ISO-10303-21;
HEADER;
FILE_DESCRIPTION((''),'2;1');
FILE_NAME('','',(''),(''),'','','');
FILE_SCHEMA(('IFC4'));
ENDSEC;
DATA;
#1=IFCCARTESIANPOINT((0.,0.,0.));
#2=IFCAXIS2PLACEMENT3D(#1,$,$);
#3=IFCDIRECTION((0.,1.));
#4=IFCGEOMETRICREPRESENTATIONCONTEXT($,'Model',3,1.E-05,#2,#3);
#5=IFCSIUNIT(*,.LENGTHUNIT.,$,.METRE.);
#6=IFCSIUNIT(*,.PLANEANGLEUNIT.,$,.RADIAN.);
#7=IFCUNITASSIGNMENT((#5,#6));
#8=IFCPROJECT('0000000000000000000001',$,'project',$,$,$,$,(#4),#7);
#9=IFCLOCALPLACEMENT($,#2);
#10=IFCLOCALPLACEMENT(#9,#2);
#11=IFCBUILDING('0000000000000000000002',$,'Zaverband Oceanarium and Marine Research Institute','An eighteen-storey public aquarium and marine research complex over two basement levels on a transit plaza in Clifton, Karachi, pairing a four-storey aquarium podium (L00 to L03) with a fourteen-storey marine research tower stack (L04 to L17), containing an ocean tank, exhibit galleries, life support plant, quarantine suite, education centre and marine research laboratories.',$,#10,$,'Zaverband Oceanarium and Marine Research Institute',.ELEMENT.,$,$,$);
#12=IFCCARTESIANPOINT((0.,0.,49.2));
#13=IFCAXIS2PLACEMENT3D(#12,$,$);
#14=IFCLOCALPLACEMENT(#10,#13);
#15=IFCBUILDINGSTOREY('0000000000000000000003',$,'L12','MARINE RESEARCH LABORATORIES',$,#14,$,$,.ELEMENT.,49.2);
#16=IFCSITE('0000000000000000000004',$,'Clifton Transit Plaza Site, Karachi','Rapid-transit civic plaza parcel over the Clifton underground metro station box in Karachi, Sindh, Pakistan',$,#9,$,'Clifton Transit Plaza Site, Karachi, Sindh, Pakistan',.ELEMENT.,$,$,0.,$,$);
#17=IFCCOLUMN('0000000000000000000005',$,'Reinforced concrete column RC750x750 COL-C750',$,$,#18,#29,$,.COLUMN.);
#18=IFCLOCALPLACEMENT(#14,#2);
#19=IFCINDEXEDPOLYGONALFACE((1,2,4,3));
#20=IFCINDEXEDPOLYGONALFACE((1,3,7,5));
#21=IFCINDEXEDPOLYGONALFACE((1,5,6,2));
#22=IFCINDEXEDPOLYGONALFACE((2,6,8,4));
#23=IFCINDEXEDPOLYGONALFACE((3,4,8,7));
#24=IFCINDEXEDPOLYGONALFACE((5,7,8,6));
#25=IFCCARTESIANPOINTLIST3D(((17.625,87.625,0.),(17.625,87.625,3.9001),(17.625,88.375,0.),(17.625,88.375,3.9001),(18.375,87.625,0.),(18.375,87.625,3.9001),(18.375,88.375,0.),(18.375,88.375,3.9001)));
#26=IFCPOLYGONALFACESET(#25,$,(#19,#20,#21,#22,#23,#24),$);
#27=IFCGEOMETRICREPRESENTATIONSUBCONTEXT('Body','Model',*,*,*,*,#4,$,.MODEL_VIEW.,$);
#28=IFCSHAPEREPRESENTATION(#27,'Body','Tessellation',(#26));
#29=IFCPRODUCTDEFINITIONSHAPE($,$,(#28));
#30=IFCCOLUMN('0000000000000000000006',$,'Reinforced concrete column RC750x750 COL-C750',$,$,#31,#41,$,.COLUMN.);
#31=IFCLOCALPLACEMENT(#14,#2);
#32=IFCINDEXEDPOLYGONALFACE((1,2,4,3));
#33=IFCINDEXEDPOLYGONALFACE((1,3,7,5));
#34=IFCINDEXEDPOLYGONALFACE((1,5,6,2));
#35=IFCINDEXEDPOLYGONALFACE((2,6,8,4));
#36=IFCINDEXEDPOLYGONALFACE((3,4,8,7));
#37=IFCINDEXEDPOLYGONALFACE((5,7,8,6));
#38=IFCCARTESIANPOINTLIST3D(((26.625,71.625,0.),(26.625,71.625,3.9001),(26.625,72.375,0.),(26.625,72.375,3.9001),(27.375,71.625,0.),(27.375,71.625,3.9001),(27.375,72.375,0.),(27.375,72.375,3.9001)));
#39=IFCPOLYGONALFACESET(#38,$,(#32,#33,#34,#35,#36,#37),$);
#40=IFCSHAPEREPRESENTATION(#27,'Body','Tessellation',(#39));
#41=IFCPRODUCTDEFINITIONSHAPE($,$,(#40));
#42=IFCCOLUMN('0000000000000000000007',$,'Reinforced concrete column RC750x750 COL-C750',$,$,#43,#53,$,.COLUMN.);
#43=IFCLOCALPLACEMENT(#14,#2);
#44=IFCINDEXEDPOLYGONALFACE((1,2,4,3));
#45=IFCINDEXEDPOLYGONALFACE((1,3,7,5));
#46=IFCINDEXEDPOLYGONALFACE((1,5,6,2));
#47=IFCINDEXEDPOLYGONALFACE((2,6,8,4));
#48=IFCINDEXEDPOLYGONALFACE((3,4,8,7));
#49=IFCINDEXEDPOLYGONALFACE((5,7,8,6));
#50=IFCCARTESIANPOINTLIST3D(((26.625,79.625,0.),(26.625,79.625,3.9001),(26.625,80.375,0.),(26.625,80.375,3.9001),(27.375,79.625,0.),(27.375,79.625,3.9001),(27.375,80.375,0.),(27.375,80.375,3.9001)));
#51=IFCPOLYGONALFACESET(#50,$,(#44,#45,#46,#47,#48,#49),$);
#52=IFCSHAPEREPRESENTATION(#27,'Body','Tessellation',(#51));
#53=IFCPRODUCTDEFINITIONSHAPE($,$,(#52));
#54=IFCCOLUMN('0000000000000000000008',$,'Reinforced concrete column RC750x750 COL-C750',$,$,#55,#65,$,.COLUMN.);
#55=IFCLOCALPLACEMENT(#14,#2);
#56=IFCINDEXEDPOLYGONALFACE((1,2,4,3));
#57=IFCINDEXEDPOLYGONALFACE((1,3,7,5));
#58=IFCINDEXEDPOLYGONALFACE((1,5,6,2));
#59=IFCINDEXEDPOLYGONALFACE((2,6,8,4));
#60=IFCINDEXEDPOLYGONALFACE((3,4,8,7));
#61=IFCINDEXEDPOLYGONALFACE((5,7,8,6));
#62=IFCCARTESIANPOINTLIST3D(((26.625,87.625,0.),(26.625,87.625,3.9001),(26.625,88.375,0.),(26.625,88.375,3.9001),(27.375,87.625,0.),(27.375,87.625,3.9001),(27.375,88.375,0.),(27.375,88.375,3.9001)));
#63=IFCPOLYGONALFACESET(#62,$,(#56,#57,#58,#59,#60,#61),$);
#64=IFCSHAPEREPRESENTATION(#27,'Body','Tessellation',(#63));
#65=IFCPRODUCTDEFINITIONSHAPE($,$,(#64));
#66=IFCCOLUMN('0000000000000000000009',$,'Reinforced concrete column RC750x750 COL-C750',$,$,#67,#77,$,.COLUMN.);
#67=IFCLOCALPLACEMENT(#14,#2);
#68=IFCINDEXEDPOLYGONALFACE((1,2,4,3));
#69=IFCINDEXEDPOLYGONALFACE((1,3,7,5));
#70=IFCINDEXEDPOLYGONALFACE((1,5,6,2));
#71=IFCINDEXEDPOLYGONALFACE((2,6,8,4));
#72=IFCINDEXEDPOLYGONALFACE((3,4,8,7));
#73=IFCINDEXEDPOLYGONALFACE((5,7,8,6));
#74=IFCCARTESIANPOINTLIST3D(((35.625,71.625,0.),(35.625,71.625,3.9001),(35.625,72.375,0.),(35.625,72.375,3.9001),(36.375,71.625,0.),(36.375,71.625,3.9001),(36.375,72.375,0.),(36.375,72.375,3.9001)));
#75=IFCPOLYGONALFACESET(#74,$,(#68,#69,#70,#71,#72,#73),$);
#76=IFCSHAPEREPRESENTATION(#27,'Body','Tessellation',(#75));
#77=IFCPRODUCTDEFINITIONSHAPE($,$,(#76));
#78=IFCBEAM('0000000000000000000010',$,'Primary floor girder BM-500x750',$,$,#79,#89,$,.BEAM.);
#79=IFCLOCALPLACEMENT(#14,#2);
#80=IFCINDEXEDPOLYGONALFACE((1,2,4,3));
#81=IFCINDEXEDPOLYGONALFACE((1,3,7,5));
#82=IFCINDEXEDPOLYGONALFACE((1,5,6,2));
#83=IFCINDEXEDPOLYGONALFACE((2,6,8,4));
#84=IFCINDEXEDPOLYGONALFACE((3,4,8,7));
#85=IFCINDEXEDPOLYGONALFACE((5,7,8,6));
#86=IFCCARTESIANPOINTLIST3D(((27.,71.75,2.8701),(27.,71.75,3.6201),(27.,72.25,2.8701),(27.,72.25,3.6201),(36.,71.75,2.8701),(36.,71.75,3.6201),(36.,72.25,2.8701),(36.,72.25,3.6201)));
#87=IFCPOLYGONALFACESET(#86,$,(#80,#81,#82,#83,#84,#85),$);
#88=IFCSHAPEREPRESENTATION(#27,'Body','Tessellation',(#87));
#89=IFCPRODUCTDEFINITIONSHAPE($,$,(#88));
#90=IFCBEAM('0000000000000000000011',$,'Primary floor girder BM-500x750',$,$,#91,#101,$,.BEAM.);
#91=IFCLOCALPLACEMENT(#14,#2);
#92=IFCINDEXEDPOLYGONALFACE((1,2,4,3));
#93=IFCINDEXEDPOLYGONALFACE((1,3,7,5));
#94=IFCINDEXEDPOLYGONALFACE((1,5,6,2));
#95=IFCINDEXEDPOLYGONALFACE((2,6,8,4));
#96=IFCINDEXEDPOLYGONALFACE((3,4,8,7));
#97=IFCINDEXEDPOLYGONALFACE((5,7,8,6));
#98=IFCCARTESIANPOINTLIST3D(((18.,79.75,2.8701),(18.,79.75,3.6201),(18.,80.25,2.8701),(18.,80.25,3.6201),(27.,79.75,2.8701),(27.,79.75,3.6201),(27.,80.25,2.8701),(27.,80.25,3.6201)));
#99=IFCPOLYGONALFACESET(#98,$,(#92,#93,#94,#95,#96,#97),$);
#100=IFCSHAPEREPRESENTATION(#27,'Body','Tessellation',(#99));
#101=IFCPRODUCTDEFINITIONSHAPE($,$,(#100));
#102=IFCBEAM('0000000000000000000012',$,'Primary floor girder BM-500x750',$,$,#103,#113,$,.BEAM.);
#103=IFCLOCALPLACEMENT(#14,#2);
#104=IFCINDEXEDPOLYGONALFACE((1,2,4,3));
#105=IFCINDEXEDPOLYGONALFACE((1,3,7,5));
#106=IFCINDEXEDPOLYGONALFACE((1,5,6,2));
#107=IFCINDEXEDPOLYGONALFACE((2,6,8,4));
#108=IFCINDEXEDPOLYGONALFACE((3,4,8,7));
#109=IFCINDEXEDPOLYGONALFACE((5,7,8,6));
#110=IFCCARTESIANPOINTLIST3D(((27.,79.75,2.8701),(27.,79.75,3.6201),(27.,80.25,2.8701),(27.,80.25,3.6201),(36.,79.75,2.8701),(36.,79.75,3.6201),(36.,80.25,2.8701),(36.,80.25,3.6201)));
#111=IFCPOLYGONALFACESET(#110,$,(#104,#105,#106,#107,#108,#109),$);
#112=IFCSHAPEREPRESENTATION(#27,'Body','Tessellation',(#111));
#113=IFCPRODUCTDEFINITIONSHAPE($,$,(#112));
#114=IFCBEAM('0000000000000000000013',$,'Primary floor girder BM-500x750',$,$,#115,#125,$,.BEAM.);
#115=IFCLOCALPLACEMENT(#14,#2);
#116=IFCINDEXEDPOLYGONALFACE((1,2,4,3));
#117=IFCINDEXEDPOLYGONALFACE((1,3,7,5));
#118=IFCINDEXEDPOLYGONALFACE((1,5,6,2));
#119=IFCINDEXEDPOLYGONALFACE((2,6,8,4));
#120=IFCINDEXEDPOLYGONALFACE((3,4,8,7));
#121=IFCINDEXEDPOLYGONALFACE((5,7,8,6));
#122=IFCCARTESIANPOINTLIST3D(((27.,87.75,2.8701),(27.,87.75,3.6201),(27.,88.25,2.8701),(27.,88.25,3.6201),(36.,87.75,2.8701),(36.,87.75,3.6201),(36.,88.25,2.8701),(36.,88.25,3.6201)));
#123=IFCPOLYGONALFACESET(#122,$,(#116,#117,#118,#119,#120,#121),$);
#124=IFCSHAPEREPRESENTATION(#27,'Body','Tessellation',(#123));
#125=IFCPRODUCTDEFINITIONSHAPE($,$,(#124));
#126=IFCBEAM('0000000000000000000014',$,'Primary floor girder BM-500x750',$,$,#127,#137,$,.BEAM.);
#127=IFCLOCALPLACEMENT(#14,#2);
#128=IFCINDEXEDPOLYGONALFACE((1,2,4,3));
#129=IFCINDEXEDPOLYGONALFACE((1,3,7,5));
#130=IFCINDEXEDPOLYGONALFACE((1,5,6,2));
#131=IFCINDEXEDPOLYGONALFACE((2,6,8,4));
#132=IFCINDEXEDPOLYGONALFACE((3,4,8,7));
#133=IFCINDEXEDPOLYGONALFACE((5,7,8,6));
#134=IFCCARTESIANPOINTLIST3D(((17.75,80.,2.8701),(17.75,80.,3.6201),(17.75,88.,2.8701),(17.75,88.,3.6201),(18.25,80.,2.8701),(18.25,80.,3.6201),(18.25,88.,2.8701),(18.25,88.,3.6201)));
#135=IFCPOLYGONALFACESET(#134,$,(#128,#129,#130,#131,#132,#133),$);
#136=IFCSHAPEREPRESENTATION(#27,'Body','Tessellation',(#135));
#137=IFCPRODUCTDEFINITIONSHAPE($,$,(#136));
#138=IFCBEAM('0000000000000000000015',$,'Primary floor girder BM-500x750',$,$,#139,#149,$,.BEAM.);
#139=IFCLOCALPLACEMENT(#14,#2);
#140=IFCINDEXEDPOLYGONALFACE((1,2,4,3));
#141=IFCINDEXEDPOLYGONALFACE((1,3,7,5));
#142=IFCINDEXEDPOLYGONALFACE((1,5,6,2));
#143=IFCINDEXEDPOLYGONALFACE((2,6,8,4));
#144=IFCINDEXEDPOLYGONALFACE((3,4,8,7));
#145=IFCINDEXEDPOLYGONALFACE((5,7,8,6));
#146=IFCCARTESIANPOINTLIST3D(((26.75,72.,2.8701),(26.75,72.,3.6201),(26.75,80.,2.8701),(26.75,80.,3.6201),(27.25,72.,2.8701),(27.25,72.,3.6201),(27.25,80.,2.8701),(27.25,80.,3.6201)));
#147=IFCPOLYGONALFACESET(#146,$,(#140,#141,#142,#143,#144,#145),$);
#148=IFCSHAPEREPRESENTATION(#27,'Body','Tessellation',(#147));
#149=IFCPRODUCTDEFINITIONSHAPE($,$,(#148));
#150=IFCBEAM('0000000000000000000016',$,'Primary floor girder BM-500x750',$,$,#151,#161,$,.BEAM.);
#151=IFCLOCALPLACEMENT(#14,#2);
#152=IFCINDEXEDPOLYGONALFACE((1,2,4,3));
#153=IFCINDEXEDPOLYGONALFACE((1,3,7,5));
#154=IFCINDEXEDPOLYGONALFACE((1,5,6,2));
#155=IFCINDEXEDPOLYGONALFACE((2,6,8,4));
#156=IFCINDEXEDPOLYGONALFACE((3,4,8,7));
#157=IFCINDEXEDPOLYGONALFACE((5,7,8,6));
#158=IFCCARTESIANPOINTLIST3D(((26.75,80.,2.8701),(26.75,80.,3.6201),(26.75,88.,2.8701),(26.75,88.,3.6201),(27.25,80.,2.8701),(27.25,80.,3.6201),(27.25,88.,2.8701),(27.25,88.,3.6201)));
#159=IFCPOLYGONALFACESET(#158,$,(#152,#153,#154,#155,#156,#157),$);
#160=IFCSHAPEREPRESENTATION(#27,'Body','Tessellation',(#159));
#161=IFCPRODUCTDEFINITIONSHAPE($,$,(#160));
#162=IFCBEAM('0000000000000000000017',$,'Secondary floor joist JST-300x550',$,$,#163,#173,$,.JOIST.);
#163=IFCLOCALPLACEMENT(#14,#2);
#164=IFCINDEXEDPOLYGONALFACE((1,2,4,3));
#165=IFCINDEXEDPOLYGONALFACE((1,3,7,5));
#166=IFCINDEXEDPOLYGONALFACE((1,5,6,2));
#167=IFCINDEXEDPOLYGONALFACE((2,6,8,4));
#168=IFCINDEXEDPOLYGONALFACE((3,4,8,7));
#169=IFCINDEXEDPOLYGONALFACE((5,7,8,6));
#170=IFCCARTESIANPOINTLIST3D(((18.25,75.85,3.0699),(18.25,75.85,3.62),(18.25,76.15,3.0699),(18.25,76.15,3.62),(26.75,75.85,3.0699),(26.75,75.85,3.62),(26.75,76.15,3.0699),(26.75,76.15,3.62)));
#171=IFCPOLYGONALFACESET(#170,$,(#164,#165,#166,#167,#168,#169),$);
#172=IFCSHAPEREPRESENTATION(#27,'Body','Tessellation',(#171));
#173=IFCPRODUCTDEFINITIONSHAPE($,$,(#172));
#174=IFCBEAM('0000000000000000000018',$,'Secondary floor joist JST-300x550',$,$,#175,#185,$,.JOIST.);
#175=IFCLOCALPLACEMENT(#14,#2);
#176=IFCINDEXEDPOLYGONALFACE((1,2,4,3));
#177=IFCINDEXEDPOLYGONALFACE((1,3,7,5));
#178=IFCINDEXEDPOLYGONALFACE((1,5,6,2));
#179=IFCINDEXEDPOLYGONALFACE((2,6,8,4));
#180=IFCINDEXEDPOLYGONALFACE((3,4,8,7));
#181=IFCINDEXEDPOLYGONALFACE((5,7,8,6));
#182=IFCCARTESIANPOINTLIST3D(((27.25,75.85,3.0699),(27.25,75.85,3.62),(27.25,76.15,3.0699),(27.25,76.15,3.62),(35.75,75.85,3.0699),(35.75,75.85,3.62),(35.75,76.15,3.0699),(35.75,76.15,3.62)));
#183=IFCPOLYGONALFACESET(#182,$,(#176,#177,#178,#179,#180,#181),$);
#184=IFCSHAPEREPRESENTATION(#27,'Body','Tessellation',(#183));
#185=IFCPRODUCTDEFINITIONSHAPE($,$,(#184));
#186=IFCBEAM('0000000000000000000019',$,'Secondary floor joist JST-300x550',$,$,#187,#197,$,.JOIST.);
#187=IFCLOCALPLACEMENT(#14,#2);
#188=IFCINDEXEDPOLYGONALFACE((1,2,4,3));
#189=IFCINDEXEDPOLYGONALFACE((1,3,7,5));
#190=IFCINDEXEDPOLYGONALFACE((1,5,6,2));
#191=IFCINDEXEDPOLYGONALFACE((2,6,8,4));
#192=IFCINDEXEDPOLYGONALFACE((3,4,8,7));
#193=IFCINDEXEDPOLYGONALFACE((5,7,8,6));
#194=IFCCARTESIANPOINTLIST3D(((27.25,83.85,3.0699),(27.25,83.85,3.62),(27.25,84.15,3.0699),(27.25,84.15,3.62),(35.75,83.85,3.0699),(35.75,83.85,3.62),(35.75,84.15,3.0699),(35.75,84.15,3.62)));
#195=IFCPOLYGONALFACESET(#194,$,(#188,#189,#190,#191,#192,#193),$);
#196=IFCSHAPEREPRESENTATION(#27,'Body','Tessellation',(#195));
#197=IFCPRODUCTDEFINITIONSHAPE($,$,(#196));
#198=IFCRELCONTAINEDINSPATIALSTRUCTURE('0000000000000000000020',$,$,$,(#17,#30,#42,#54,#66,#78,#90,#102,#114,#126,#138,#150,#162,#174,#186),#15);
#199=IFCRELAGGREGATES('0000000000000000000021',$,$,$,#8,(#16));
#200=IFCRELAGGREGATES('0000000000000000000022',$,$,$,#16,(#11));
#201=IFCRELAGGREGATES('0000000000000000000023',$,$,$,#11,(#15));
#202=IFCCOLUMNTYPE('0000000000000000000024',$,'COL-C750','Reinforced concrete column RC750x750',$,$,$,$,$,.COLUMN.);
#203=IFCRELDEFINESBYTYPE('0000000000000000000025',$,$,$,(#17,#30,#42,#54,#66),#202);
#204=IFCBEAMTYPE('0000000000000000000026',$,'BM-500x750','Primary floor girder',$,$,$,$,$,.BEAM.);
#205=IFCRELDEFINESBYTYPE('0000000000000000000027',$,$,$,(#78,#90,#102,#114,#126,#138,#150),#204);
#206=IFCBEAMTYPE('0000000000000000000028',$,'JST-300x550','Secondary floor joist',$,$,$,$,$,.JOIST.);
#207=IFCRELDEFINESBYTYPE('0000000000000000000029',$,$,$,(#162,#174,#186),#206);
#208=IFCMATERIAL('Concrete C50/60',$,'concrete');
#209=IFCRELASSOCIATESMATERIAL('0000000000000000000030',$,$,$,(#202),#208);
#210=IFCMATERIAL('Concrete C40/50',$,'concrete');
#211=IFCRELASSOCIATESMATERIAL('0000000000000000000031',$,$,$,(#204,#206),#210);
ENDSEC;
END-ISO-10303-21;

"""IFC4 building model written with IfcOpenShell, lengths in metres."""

from ifc_helpers import new_model, si_unit, direction, frame, origin, origin_2d, place, context, subcontext, project, spatial, rectangle, extrude, material, material_profile, profile_set, type_object, element, save


model = new_model("IFC4")

# Units and contexts
model_context = context("Model", 3, precision=1e-05, world=origin(), true_north=direction((0.0, 1.0)))
body_context = subcontext(model_context, "Body", "Model", "MODEL_VIEW")
ifc_project = project(units=[si_unit("LENGTHUNIT", "METRE"), si_unit("PLANEANGLEUNIT", "RADIAN")], contexts=[model_context])

# Site, building, storey
site_placement = place(None, origin())
site = spatial("IfcSite", under=ifc_project, at=site_placement, Name="Clifton Transit Plaza Site, Karachi", Description="Rapid-transit civic plaza parcel over the Clifton underground metro station box in Karachi, Sindh, Pakistan", LongName="Clifton Transit Plaza Site, Karachi, Sindh, Pakistan", CompositionType="ELEMENT", RefElevation=0.0)
building_placement = place(site_placement, origin())
building = spatial("IfcBuilding", under=site, at=building_placement, Name="Zaverband Oceanarium and Marine Research Institute", Description="An eighteen-storey public aquarium and marine research complex over two basement levels on a transit plaza in Clifton, Karachi, pairing a four-storey aquarium podium (L00 to L03) with a fourteen-storey marine research tower stack (L04 to L17), containing an ocean tank, exhibit galleries, life support plant, quarantine suite, education centre and marine research laboratories.", LongName="Zaverband Oceanarium and Marine Research Institute", CompositionType="ELEMENT")
storey_placement = place(building_placement, frame((0.0, 0.0, 49.2)))
storey = spatial("IfcBuildingStorey", under=building, at=storey_placement, Name="L12", Description="MARINE RESEARCH LABORATORIES", CompositionType="ELEMENT", Elevation=49.2)

# Columns
ifc_material_1 = material(Name="Concrete C50/60", Category="concrete")
ifc_material_profile_1 = material_profile(ifc_material_1, rectangle(XDim=0.75, YDim=0.75, at=origin_2d()), Name="RC750x750")
ifc_profile_set_1 = profile_set([ifc_material_profile_1], Name="Concrete C50/60")
column_type = type_object("IfcColumnType", Name="COL-C750", Description="Reinforced concrete column RC750x750", PredefinedType="COLUMN", material=ifc_profile_set_1)
for number, where, z_axis, x_axis, name in (
    (1, (18.0, 88.0, 0.0), (0.0, 0.0, 1.0), (1.0, 0.0, 0.0), "Reinforced concrete column RC750x750 COL-C750"),
    (2, (27.0, 72.0, 0.0), (0.0, 0.0, 1.0), (1.0, 0.0, 0.0), "Reinforced concrete column RC750x750 COL-C750"),
    (3, (27.0, 80.0, 0.0), (0.0, 0.0, 1.0), (1.0, 0.0, 0.0), "Reinforced concrete column RC750x750 COL-C750"),
    (4, (27.0, 88.0, 0.0), (0.0, 0.0, 1.0), (1.0, 0.0, 0.0), "Reinforced concrete column RC750x750 COL-C750"),
    (5, (36.0, 72.0, 0.0), (0.0, 0.0, 1.0), (1.0, 0.0, 0.0), "Reinforced concrete column RC750x750 COL-C750"),
):
    element("IfcColumn", number, at=place(storey_placement, frame(where, z_axis=z_axis, x_axis=x_axis)), inside=storey, type_object=column_type, Name=name, PredefinedType="COLUMN", context=body_context, shape_type="SweptSolid", body=[
        extrude(rectangle(XDim=0.75, YDim=0.75, at=origin_2d()), origin(), (0.0, 0.0, 1.0), 3.9001),
    ])

# Beams
ifc_material_2 = material(Name="Concrete C40/50", Category="concrete")
ifc_material_profile_2 = material_profile(ifc_material_2, rectangle(XDim=0.5, YDim=0.75, at=origin_2d()), Name="RC500x750")
ifc_profile_set_2 = profile_set([ifc_material_profile_2], Name="Concrete C40/50")
beam_type_1 = type_object("IfcBeamType", Name="BM-500x750", Description="Primary floor girder", PredefinedType="BEAM", material=ifc_profile_set_2)
for number, where, z_axis, x_axis, name in (
    (6, (27.0, 72.0, 3.2451), (1.0, 0.0, 0.0), (0.0, 1.0, 0.0), "Primary floor girder BM-500x750"),
    (7, (18.0, 80.0, 3.2451), (1.0, 0.0, 0.0), (0.0, 1.0, 0.0), "Primary floor girder BM-500x750"),
    (8, (27.0, 80.0, 3.2451), (1.0, 0.0, 0.0), (0.0, 1.0, 0.0), "Primary floor girder BM-500x750"),
    (9, (27.0, 88.0, 3.2451), (1.0, 0.0, 0.0), (0.0, 1.0, 0.0), "Primary floor girder BM-500x750"),
):
    element("IfcBeam", number, at=place(storey_placement, frame(where, z_axis=z_axis, x_axis=x_axis)), inside=storey, type_object=beam_type_1, Name=name, PredefinedType="BEAM", context=body_context, shape_type="SweptSolid", body=[
        extrude(rectangle(XDim=0.5, YDim=0.75, at=origin_2d()), origin(), (0.0, 0.0, 1.0), 9.0),
    ])
for number, where, z_axis, x_axis, name in (
    (10, (18.0, 80.0, 3.2451), (0.0, 1.0, 0.0), (-1.0, 0.0, 0.0), "Primary floor girder BM-500x750"),
    (11, (27.0, 72.0, 3.2451), (0.0, 1.0, 0.0), (-1.0, 0.0, 0.0), "Primary floor girder BM-500x750"),
    (12, (27.0, 80.0, 3.2451), (0.0, 1.0, 0.0), (-1.0, 0.0, 0.0), "Primary floor girder BM-500x750"),
):
    element("IfcBeam", number, at=place(storey_placement, frame(where, z_axis=z_axis, x_axis=x_axis)), inside=storey, type_object=beam_type_1, Name=name, PredefinedType="BEAM", context=body_context, shape_type="SweptSolid", body=[
        extrude(rectangle(XDim=0.5, YDim=0.75, at=origin_2d()), origin(), (0.0, 0.0, 1.0), 8.0),
    ])
ifc_material_profile_3 = material_profile(ifc_material_2, rectangle(XDim=0.3, YDim=0.55, at=origin_2d()), Name="RC300x550")
ifc_profile_set_3 = profile_set([ifc_material_profile_3], Name="Concrete C40/50")
beam_type_2 = type_object("IfcBeamType", Name="JST-300x550", Description="Secondary floor joist", PredefinedType="JOIST", material=ifc_profile_set_3)
for number, where, z_axis, x_axis, name in (
    (13, (18.25, 76.0, 3.345), (1.0, 0.0, 0.0), (0.0, 1.0, 0.0), "Secondary floor joist JST-300x550"),
    (14, (27.25, 76.0, 3.345), (1.0, 0.0, 0.0), (0.0, 1.0, 0.0), "Secondary floor joist JST-300x550"),
    (15, (27.25, 84.0, 3.345), (1.0, 0.0, 0.0), (0.0, 1.0, 0.0), "Secondary floor joist JST-300x550"),
):
    element("IfcBeam", number, at=place(storey_placement, frame(where, z_axis=z_axis, x_axis=x_axis)), inside=storey, type_object=beam_type_2, Name=name, PredefinedType="JOIST", context=body_context, shape_type="SweptSolid", body=[
        extrude(rectangle(XDim=0.3, YDim=0.55, at=origin_2d()), origin(), (0.0, 0.0, 1.0), 8.5),
    ])

save(model, "model.ifc")
